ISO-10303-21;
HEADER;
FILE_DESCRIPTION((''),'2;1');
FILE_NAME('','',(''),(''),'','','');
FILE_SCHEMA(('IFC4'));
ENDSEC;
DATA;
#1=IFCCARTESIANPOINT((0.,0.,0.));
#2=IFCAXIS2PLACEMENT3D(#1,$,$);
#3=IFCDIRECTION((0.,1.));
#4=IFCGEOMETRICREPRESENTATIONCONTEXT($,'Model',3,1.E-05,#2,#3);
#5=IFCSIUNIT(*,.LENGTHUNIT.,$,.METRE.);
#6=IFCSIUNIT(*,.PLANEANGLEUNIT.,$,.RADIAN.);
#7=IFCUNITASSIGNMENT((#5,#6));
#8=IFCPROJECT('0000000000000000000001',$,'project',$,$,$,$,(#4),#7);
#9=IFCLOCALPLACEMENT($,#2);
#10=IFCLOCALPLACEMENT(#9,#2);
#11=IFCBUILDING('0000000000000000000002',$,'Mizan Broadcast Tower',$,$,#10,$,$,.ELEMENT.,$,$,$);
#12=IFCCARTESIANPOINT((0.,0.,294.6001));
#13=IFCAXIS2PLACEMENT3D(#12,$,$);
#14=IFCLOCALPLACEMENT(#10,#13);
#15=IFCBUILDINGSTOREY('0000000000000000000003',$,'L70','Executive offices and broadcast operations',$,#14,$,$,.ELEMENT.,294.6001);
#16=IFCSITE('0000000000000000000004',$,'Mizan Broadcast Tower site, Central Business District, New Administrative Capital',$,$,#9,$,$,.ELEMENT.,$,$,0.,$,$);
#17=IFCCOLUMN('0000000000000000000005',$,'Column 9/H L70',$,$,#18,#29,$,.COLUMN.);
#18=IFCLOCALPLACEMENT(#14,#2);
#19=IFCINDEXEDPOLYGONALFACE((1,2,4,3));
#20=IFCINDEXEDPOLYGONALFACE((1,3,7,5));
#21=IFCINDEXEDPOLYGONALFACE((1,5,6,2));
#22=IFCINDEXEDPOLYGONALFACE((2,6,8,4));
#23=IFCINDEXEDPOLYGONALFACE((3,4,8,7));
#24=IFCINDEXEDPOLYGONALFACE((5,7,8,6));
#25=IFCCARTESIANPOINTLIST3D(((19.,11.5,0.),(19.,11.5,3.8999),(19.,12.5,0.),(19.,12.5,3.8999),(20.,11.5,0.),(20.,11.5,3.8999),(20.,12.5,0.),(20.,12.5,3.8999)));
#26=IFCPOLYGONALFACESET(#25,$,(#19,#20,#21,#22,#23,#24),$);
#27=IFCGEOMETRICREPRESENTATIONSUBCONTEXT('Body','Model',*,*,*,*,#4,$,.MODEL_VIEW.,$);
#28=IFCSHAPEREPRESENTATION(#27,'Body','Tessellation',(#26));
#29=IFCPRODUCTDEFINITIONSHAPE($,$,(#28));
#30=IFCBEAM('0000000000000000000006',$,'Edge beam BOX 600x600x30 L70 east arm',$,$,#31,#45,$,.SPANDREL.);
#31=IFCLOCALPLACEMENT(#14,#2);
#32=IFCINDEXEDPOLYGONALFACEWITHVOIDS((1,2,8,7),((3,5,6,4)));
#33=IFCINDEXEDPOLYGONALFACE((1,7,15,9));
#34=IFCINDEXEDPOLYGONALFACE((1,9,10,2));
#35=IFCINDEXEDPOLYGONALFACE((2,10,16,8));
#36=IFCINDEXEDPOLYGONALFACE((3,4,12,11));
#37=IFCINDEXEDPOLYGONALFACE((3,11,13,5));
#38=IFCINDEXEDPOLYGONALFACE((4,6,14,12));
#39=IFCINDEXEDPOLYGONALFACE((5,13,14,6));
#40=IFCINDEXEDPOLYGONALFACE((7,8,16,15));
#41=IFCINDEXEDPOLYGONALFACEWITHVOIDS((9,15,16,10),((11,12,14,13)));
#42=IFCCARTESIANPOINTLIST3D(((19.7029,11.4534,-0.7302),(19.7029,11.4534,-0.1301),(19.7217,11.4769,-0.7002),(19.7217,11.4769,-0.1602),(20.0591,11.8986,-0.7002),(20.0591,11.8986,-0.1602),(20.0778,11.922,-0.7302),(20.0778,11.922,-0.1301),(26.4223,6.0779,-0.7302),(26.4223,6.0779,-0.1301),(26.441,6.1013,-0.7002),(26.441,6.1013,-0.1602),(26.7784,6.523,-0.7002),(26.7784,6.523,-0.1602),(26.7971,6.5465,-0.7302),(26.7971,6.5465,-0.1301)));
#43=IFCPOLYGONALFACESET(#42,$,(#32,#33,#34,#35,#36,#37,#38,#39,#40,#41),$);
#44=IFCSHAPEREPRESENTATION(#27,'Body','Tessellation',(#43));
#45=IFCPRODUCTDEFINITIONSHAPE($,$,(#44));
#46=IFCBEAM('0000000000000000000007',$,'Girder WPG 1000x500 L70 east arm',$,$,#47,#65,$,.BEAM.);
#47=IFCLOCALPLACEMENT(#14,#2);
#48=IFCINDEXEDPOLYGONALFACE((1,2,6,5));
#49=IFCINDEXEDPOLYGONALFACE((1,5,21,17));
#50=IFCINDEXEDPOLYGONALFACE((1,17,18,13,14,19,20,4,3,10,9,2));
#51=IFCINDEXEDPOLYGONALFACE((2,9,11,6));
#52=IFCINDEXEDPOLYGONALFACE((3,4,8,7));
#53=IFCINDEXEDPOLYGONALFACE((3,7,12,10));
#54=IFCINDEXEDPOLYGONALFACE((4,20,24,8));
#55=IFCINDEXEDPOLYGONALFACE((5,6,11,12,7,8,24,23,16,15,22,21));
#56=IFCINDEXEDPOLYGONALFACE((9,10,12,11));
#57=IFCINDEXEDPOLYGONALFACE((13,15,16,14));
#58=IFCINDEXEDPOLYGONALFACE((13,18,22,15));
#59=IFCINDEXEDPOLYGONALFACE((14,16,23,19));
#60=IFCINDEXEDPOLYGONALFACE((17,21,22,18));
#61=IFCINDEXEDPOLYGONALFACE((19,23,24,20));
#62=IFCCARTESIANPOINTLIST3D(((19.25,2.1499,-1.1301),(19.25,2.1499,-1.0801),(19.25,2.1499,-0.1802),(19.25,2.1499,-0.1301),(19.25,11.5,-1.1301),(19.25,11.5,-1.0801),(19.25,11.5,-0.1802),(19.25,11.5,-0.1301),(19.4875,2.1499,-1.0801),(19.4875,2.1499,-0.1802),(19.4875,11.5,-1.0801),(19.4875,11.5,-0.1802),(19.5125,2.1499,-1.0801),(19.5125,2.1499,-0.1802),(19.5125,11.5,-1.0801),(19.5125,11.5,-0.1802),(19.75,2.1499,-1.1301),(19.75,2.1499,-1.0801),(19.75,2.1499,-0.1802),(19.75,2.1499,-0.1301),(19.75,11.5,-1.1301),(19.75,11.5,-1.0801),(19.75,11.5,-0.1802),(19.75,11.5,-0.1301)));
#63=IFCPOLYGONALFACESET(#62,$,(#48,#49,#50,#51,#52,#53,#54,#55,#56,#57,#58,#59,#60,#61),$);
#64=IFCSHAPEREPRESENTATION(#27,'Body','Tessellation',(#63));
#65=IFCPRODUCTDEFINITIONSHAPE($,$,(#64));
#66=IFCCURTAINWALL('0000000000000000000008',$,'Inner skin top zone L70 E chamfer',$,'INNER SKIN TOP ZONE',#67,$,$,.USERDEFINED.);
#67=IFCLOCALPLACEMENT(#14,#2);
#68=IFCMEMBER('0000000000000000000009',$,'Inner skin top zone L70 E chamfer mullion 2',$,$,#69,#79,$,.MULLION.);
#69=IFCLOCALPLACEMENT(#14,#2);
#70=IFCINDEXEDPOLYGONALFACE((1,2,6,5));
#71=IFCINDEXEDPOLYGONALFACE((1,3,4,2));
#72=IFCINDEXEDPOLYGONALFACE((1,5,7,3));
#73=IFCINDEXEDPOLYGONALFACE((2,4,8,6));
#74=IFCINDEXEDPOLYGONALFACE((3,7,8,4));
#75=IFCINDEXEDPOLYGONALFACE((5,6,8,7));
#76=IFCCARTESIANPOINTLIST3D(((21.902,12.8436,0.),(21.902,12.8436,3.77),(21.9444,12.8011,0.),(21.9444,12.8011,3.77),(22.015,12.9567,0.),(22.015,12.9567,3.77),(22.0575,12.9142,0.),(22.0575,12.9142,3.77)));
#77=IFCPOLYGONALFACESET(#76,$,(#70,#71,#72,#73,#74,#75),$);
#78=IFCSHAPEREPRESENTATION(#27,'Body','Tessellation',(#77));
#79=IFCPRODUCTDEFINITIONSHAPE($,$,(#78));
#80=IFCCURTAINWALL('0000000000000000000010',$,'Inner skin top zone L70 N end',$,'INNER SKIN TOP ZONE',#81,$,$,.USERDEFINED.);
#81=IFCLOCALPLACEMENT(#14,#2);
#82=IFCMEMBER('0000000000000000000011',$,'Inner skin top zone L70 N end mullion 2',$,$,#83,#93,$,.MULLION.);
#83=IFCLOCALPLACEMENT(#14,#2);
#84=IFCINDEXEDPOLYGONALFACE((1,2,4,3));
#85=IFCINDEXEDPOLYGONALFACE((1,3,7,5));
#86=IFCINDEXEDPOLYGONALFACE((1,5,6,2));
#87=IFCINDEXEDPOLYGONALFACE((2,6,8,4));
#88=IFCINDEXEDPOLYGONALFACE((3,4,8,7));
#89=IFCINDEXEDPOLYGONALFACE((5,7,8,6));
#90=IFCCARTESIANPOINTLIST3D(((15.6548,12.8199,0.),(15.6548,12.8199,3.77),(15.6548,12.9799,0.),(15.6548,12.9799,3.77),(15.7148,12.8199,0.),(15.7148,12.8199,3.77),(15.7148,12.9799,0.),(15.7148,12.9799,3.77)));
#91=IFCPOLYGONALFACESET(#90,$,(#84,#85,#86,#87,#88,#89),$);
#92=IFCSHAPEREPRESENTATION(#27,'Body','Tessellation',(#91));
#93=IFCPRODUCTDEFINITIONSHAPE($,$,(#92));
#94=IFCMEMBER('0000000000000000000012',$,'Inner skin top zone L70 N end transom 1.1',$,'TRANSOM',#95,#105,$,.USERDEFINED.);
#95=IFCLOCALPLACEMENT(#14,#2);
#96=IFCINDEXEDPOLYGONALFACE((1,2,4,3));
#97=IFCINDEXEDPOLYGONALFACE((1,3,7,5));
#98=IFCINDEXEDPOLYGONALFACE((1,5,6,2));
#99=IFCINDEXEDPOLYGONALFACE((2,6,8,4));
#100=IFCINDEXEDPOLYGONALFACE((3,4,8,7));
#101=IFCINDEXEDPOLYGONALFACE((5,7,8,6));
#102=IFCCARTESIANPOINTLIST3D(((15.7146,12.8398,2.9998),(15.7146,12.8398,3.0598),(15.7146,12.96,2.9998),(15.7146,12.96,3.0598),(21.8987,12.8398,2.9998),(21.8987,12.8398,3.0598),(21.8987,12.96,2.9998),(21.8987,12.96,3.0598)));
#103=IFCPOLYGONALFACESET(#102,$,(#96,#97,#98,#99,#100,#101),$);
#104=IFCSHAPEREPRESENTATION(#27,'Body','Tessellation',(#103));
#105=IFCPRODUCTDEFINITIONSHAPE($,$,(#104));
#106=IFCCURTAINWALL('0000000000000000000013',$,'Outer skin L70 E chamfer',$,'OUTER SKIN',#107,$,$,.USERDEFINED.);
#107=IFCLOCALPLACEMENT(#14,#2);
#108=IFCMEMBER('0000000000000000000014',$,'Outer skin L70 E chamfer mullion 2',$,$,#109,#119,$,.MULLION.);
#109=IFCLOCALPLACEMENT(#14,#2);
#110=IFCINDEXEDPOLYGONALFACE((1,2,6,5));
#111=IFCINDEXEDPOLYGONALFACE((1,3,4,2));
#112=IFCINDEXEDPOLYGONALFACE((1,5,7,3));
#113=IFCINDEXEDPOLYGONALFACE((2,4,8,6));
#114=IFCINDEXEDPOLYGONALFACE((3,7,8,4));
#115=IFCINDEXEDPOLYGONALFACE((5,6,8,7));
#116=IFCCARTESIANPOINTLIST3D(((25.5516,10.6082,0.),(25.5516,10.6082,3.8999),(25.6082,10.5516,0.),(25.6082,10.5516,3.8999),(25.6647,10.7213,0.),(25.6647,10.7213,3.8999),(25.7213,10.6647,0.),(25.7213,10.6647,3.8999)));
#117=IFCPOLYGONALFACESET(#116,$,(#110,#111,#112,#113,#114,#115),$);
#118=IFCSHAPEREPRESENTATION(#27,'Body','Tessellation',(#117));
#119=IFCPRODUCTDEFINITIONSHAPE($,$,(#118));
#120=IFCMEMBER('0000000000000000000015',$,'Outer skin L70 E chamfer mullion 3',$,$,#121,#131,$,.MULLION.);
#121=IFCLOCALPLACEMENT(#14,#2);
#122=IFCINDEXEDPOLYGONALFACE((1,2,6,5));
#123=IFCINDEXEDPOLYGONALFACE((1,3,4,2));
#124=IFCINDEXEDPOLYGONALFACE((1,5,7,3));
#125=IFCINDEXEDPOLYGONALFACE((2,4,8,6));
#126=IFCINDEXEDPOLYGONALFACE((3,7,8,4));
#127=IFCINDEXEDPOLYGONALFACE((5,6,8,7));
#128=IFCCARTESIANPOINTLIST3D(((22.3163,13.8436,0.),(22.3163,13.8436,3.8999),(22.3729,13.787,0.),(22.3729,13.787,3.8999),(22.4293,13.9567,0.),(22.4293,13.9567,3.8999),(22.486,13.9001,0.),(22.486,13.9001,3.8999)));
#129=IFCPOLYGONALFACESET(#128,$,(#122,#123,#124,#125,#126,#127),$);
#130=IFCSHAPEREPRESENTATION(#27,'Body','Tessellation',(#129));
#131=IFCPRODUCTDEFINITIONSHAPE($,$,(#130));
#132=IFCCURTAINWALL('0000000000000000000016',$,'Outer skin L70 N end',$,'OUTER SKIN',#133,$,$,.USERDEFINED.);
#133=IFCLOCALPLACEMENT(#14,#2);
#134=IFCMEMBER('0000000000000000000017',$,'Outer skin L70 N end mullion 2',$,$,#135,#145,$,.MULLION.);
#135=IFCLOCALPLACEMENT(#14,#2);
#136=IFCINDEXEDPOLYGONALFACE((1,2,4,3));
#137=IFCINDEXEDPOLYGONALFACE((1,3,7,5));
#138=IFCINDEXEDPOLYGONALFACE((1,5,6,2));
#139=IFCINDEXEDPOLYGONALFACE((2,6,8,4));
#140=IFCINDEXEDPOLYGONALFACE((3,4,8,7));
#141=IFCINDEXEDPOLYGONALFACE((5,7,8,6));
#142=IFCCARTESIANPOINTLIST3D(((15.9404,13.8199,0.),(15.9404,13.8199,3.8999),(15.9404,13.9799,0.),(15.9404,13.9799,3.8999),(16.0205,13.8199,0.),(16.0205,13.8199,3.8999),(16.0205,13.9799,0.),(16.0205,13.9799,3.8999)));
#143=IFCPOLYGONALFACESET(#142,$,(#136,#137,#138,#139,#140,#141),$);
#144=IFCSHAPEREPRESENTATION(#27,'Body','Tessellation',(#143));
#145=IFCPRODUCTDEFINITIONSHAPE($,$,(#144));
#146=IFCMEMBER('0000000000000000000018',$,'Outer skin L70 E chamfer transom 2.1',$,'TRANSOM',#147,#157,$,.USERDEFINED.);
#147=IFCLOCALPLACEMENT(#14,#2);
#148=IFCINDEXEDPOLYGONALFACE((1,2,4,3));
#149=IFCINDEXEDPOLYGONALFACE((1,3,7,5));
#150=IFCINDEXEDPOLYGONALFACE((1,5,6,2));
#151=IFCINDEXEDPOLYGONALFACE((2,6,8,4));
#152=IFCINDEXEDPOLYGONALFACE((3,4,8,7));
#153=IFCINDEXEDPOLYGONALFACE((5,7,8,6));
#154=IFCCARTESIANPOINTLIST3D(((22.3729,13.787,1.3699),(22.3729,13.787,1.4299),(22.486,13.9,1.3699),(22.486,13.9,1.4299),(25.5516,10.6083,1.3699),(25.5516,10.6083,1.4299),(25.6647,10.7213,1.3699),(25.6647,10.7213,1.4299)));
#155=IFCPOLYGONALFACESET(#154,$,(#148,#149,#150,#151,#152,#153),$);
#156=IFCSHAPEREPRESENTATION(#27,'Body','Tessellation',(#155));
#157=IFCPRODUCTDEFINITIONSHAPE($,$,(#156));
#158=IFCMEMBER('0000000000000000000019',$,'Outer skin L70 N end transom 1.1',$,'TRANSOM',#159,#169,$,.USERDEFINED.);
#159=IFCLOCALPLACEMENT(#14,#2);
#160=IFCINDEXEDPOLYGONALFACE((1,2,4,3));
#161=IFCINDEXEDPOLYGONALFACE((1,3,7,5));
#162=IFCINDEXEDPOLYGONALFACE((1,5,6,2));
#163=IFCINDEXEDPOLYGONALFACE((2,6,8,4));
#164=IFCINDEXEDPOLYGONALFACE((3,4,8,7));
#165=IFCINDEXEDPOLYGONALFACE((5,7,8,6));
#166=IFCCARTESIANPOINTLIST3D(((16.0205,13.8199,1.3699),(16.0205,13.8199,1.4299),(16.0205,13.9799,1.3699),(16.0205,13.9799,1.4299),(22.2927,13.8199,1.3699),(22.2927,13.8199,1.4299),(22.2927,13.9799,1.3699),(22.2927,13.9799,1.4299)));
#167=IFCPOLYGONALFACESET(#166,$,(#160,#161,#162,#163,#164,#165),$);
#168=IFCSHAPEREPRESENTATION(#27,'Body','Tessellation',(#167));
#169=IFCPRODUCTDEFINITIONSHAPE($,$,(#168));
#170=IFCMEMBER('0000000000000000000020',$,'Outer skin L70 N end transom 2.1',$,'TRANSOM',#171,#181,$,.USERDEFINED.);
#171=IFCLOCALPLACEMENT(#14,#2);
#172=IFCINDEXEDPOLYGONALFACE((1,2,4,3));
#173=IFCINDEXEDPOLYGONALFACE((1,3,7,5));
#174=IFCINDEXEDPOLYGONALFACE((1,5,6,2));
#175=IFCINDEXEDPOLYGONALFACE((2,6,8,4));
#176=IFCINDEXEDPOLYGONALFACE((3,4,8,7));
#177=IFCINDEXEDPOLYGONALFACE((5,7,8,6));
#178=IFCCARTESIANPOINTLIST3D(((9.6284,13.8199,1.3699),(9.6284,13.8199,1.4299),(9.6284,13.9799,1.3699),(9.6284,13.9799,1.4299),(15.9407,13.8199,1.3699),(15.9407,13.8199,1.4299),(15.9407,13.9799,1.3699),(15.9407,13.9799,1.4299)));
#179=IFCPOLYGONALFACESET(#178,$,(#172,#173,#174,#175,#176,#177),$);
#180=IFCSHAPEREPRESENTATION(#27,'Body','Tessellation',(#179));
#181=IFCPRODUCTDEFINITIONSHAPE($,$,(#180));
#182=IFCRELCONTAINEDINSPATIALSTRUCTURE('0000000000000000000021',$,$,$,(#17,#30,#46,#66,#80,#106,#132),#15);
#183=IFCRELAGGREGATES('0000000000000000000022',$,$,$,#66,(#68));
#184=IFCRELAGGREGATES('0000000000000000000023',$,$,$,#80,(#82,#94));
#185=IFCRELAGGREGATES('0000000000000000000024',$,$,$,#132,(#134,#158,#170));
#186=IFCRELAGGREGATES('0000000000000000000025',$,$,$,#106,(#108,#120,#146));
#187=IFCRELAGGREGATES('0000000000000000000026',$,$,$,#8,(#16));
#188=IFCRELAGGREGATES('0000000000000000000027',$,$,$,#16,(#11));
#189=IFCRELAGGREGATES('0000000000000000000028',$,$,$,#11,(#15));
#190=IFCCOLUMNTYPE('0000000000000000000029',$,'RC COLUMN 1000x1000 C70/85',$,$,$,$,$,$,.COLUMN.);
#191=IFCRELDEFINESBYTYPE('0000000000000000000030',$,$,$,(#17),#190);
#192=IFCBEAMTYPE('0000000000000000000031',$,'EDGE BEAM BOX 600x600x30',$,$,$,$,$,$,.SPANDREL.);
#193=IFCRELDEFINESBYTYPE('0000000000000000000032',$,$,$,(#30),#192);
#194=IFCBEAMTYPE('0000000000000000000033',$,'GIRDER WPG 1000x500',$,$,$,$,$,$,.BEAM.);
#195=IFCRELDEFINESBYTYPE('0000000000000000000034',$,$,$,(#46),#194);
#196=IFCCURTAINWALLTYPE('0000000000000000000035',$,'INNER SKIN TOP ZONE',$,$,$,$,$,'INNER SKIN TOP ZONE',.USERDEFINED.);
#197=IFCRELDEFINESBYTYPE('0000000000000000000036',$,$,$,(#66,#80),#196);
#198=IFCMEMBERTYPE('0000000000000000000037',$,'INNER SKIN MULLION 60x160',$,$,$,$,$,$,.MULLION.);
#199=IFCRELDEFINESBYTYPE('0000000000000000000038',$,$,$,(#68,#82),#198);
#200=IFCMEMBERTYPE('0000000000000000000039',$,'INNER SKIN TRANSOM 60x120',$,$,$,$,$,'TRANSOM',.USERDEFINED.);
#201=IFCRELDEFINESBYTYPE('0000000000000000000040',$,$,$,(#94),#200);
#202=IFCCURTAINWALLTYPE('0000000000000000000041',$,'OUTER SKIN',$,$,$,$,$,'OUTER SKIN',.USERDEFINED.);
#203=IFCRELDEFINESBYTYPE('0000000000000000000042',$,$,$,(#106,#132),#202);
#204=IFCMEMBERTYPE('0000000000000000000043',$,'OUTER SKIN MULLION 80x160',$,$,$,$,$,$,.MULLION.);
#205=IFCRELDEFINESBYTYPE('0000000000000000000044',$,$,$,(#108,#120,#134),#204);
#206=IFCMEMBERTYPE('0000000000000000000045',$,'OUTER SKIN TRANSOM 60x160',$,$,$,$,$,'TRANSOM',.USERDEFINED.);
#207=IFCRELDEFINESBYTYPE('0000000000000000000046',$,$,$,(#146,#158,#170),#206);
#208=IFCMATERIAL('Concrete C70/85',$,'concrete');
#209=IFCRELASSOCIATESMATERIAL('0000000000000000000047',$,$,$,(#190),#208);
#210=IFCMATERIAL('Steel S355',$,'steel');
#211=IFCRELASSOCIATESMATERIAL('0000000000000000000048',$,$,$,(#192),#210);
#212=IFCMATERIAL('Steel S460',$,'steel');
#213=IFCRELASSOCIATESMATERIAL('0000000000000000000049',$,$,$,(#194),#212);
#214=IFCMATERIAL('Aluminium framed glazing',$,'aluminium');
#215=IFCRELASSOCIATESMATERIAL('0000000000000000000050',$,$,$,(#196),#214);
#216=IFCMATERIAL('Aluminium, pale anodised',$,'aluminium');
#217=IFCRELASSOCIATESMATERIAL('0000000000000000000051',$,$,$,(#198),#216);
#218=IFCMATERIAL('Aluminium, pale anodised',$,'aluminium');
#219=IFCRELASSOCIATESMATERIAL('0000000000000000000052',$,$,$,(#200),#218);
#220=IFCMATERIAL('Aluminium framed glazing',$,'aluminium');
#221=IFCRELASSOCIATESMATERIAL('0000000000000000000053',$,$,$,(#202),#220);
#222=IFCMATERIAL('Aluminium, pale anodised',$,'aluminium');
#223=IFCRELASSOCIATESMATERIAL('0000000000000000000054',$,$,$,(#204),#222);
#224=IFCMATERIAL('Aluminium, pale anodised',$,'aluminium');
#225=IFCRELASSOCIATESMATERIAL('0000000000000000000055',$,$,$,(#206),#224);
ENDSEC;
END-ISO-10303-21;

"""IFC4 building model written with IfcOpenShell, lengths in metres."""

from ifc_helpers import new_model, si_unit, direction, frame, origin, origin_2d, place, context, subcontext, project, spatial, rectangle, hollow_rectangle, i_section, extrude, material, material_profile, profile_set, type_object, element, aggregate, save


model = new_model("IFC4")

# Units and contexts
model_context = context("Model", 3, precision=1e-05, world=origin(), true_north=direction((0.0, 1.0)))
body_context = subcontext(model_context, "Body", "Model", "MODEL_VIEW")
ifc_project = project(units=[si_unit("LENGTHUNIT", "METRE"), si_unit("PLANEANGLEUNIT", "RADIAN")], contexts=[model_context])

# Site, building, storey
site_placement = place(None, origin())
site = spatial("IfcSite", under=ifc_project, at=site_placement, Name="Mizan Broadcast Tower site, Central Business District, New Administrative Capital", CompositionType="ELEMENT", RefElevation=0.0)
building_placement = place(site_placement, origin())
building = spatial("IfcBuilding", under=site, at=building_placement, Name="Mizan Broadcast Tower", CompositionType="ELEMENT")
storey_placement = place(building_placement, frame((0.0, 0.0, 294.6001)))
storey = spatial("IfcBuildingStorey", under=building, at=storey_placement, Name="L70", Description="Executive offices and broadcast operations", CompositionType="ELEMENT", Elevation=294.6001)

# Column
ifc_material_1 = material(Name="Concrete C70/85", Category="concrete")
ifc_material_profile_1 = material_profile(ifc_material_1, rectangle(XDim=1.0, YDim=1.0, at=origin_2d()), Name="RC 1000x1000")
ifc_profile_set_1 = profile_set([ifc_material_profile_1], Name="Concrete C70/85")
column_type = type_object("IfcColumnType", Name="RC COLUMN 1000x1000 C70/85", PredefinedType="COLUMN", material=ifc_profile_set_1)
column_placement = place(storey_placement, frame((19.5, 12.0, 0.0), z_axis=(0.0, 0.0, 1.0), x_axis=(1.0, 0.0, 0.0)))
element("IfcColumn", 1, at=column_placement, inside=storey, type_object=column_type, Name="Column 9/H L70", PredefinedType="COLUMN", context=body_context, shape_type="SweptSolid", body=[
    extrude(rectangle(XDim=1.0, YDim=1.0, at=origin_2d()), origin(), (0.0, 0.0, 1.0), 3.8999),
])

# Beams
ifc_material_2 = material(Name="Steel S355", Category="steel")
ifc_material_profile_2 = material_profile(ifc_material_2, hollow_rectangle(XDim=0.6001, YDim=0.6001, WallThickness=0.03, at=origin_2d()), Name="BOX 600x600x30")
ifc_profile_set_2 = profile_set([ifc_material_profile_2], Name="Steel S355")
beam_type_1 = type_object("IfcBeamType", Name="EDGE BEAM BOX 600x600x30", PredefinedType="SPANDREL", material=ifc_profile_set_2)
beam_1_placement = place(storey_placement, frame((19.8904, 11.6877, -0.4302), z_axis=(0.780863, -0.624702, 0.0), x_axis=(0.624702, 0.780863, 0.0)))
element("IfcBeam", 2, at=beam_1_placement, inside=storey, type_object=beam_type_1, Name="Edge beam BOX 600x600x30 L70 east arm", PredefinedType="SPANDREL", context=body_context, shape_type="SweptSolid", body=[
    extrude(hollow_rectangle(XDim=0.6001, YDim=0.6001, WallThickness=0.03, at=origin_2d()), origin(), (0.0, 0.0, 1.0), 8.605),
])
ifc_material_3 = material(Name="Steel S460", Category="steel")
ifc_material_profile_3 = material_profile(ifc_material_3, i_section(OverallWidth=0.5, OverallDepth=1.0, WebThickness=0.0249, FlangeThickness=0.05, at=origin_2d()), Name="WPG 1000x500")
ifc_profile_set_3 = profile_set([ifc_material_profile_3], Name="Steel S460")
beam_type_2 = type_object("IfcBeamType", Name="GIRDER WPG 1000x500", PredefinedType="BEAM", material=ifc_profile_set_3)
beam_2_placement = place(storey_placement, frame((19.5, 11.5, -0.6301), z_axis=(0.0, -1.0, 0.0), x_axis=(1.0, 0.0, 0.0)))
element("IfcBeam", 3, at=beam_2_placement, inside=storey, type_object=beam_type_2, Name="Girder WPG 1000x500 L70 east arm", PredefinedType="BEAM", context=body_context, shape_type="SweptSolid", body=[
    extrude(i_section(OverallWidth=0.5, OverallDepth=1.0, WebThickness=0.0249, FlangeThickness=0.05, at=origin_2d()), origin(), (0.0, 0.0, 1.0), 9.3501),
])

# Curtain wall, member
ifc_material_4 = material(Name="Aluminium framed glazing", Category="aluminium")
curtain_wall_type_1 = type_object("IfcCurtainWallType", Name="INNER SKIN TOP ZONE", ElementType="INNER SKIN TOP ZONE", PredefinedType="USERDEFINED", material=ifc_material_4)
curtain_wall_1_placement = place(storey_placement, origin())
curtain_wall_1 = element("IfcCurtainWall", 4, at=curtain_wall_1_placement, inside=storey, type_object=curtain_wall_type_1, Name="Inner skin top zone L70 E chamfer", ObjectType="INNER SKIN TOP ZONE", PredefinedType="USERDEFINED")
ifc_material_5 = material(Name="Aluminium, pale anodised", Category="aluminium")
ifc_material_profile_4 = material_profile(ifc_material_5, rectangle(XDim=0.1599, YDim=0.0601, at=origin_2d()), Name="MULLION 160x60")
ifc_profile_set_4 = profile_set([ifc_material_profile_4], Name="Aluminium, pale anodised")
member_type_1 = type_object("IfcMemberType", Name="INNER SKIN MULLION 60x160", PredefinedType="MULLION", material=ifc_profile_set_4)
member_1_placement = place(storey_placement, frame((21.9797, 12.8789, 0.0), z_axis=(0.0, 0.0, 1.0), x_axis=(-0.707107, -0.707107, 0.0)))
member_1 = element("IfcMember", 5, at=member_1_placement, type_object=member_type_1, Name="Inner skin top zone L70 E chamfer mullion 2", PredefinedType="MULLION", context=body_context, shape_type="SweptSolid", body=[
    extrude(rectangle(XDim=0.1599, YDim=0.0601, at=origin_2d()), origin(), (0.0, 0.0, 1.0), 3.77),
])

# Curtain walls, members
curtain_wall_2_placement = place(storey_placement, origin())
curtain_wall_2 = element("IfcCurtainWall", 6, at=curtain_wall_2_placement, inside=storey, type_object=curtain_wall_type_1, Name="Inner skin top zone L70 N end", ObjectType="INNER SKIN TOP ZONE", PredefinedType="USERDEFINED")
member_2_placement = place(storey_placement, frame((15.6848, 12.8999, 0.0), z_axis=(0.0, 0.0, 1.0), x_axis=(0.0, -1.0, 0.0)))
member_2 = element("IfcMember", 7, at=member_2_placement, type_object=member_type_1, Name="Inner skin top zone L70 N end mullion 2", PredefinedType="MULLION", context=body_context, shape_type="SweptSolid", body=[
    extrude(rectangle(XDim=0.1599, YDim=0.0601, at=origin_2d()), origin(), (0.0, 0.0, 1.0), 3.77),
])
ifc_material_6 = material(Name="Aluminium, pale anodised", Category="aluminium")
ifc_material_profile_5 = material_profile(ifc_material_6, rectangle(XDim=0.1201, YDim=0.0601, at=origin_2d()), Name="TRANSOM 120x60")
ifc_profile_set_5 = profile_set([ifc_material_profile_5], Name="Aluminium, pale anodised")
member_type_2 = type_object("IfcMemberType", Name="INNER SKIN TRANSOM 60x120", ElementType="TRANSOM", PredefinedType="USERDEFINED", material=ifc_profile_set_5)
member_3_placement = place(storey_placement, frame((21.8987, 12.8999, 3.0298), z_axis=(-1.0, 0.0, 0.0), x_axis=(0.0, -1.0, 0.0)))
member_3 = element("IfcMember", 8, at=member_3_placement, type_object=member_type_2, Name="Inner skin top zone L70 N end transom 1.1", ObjectType="TRANSOM", PredefinedType="USERDEFINED", context=body_context, shape_type="SweptSolid", body=[
    extrude(rectangle(XDim=0.1201, YDim=0.0601, at=origin_2d()), origin(), (0.0, 0.0, 1.0), 6.1841),
])
ifc_material_7 = material(Name="Aluminium framed glazing", Category="aluminium")
curtain_wall_type_2 = type_object("IfcCurtainWallType", Name="OUTER SKIN", ElementType="OUTER SKIN", PredefinedType="USERDEFINED", material=ifc_material_7)
curtain_wall_3_placement = place(storey_placement, origin())
curtain_wall_3 = element("IfcCurtainWall", 9, at=curtain_wall_3_placement, inside=storey, type_object=curtain_wall_type_2, Name="Outer skin L70 E chamfer", ObjectType="OUTER SKIN", PredefinedType="USERDEFINED")
ifc_material_8 = material(Name="Aluminium, pale anodised", Category="aluminium")
ifc_material_profile_6 = material_profile(ifc_material_8, rectangle(XDim=0.1599, YDim=0.0801, at=origin_2d()), Name="MULLION 160x80")
ifc_profile_set_6 = profile_set([ifc_material_profile_6], Name="Aluminium, pale anodised")
member_type_3 = type_object("IfcMemberType", Name="OUTER SKIN MULLION 80x160", PredefinedType="MULLION", material=ifc_profile_set_6)
member_4_placement = place(storey_placement, frame((25.6365, 10.6365, 0.0), z_axis=(0.0, 0.0, 1.0), x_axis=(-0.707107, -0.707107, 0.0)))
member_4 = element("IfcMember", 10, at=member_4_placement, type_object=member_type_3, Name="Outer skin L70 E chamfer mullion 2", PredefinedType="MULLION", context=body_context, shape_type="SweptSolid", body=[
    extrude(rectangle(XDim=0.1599, YDim=0.0801, at=origin_2d()), origin(), (0.0, 0.0, 1.0), 3.8999),
])
member_5_placement = place(storey_placement, frame((22.4011, 13.8718, 0.0), z_axis=(0.0, 0.0, 1.0), x_axis=(-0.707107, -0.707107, 0.0)))
member_5 = element("IfcMember", 11, at=member_5_placement, type_object=member_type_3, Name="Outer skin L70 E chamfer mullion 3", PredefinedType="MULLION", context=body_context, shape_type="SweptSolid", body=[
    extrude(rectangle(XDim=0.1599, YDim=0.0801, at=origin_2d()), origin(), (0.0, 0.0, 1.0), 3.8999),
])

# Curtain wall, member
curtain_wall_4_placement = place(storey_placement, origin())
curtain_wall_4 = element("IfcCurtainWall", 12, at=curtain_wall_4_placement, inside=storey, type_object=curtain_wall_type_2, Name="Outer skin L70 N end", ObjectType="OUTER SKIN", PredefinedType="USERDEFINED")
member_6_placement = place(storey_placement, frame((15.9805, 13.8999, 0.0), z_axis=(0.0, 0.0, 1.0), x_axis=(0.0, -1.0, 0.0)))
member_6 = element("IfcMember", 13, at=member_6_placement, type_object=member_type_3, Name="Outer skin L70 N end mullion 2", PredefinedType="MULLION", context=body_context, shape_type="SweptSolid", body=[
    extrude(rectangle(XDim=0.1599, YDim=0.0801, at=origin_2d()), origin(), (0.0, 0.0, 1.0), 3.8999),
])

# Members
ifc_material_9 = material(Name="Aluminium, pale anodised", Category="aluminium")
ifc_material_profile_7 = material_profile(ifc_material_9, rectangle(XDim=0.1599, YDim=0.0601, at=origin_2d()), Name="TRANSOM 160x60")
ifc_profile_set_7 = profile_set([ifc_material_profile_7], Name="Aluminium, pale anodised")
member_type_4 = type_object("IfcMemberType", Name="OUTER SKIN TRANSOM 60x160", ElementType="TRANSOM", PredefinedType="USERDEFINED", material=ifc_profile_set_7)
member_7_placement = place(storey_placement, frame((25.6082, 10.6648, 1.3999), z_axis=(-0.707107, 0.707107, 0.0), x_axis=(-0.707107, -0.707107, 0.0)))
member_7 = element("IfcMember", 14, at=member_7_placement, type_object=member_type_4, Name="Outer skin L70 E chamfer transom 2.1", ObjectType="TRANSOM", PredefinedType="USERDEFINED", context=body_context, shape_type="SweptSolid", body=[
    extrude(rectangle(XDim=0.1599, YDim=0.0601, at=origin_2d()), origin(), (0.0, 0.0, 1.0), 4.4954),
])
member_8_placement = place(storey_placement, frame((22.2927, 13.8999, 1.3999), z_axis=(-1.0, 0.0, 0.0), x_axis=(0.0, -1.0, 0.0)))
member_8 = element("IfcMember", 15, at=member_8_placement, type_object=member_type_4, Name="Outer skin L70 N end transom 1.1", ObjectType="TRANSOM", PredefinedType="USERDEFINED", context=body_context, shape_type="SweptSolid", body=[
    extrude(rectangle(XDim=0.1599, YDim=0.0601, at=origin_2d()), origin(), (0.0, 0.0, 1.0), 6.2722),
])
member_9_placement = place(storey_placement, frame((15.9407, 13.8999, 1.3999), z_axis=(-1.0, 0.0, 0.0), x_axis=(0.0, -1.0, 0.0)))
member_9 = element("IfcMember", 16, at=member_9_placement, type_object=member_type_4, Name="Outer skin L70 N end transom 2.1", ObjectType="TRANSOM", PredefinedType="USERDEFINED", context=body_context, shape_type="SweptSolid", body=[
    extrude(rectangle(XDim=0.1599, YDim=0.0601, at=origin_2d()), origin(), (0.0, 0.0, 1.0), 6.3123),
])

aggregate(curtain_wall_1, [member_1])
aggregate(curtain_wall_2, [member_2, member_3])
aggregate(curtain_wall_4, [member_6, member_8, member_9])
aggregate(curtain_wall_3, [member_4, member_5, member_7])

save(model, "model.ifc")
